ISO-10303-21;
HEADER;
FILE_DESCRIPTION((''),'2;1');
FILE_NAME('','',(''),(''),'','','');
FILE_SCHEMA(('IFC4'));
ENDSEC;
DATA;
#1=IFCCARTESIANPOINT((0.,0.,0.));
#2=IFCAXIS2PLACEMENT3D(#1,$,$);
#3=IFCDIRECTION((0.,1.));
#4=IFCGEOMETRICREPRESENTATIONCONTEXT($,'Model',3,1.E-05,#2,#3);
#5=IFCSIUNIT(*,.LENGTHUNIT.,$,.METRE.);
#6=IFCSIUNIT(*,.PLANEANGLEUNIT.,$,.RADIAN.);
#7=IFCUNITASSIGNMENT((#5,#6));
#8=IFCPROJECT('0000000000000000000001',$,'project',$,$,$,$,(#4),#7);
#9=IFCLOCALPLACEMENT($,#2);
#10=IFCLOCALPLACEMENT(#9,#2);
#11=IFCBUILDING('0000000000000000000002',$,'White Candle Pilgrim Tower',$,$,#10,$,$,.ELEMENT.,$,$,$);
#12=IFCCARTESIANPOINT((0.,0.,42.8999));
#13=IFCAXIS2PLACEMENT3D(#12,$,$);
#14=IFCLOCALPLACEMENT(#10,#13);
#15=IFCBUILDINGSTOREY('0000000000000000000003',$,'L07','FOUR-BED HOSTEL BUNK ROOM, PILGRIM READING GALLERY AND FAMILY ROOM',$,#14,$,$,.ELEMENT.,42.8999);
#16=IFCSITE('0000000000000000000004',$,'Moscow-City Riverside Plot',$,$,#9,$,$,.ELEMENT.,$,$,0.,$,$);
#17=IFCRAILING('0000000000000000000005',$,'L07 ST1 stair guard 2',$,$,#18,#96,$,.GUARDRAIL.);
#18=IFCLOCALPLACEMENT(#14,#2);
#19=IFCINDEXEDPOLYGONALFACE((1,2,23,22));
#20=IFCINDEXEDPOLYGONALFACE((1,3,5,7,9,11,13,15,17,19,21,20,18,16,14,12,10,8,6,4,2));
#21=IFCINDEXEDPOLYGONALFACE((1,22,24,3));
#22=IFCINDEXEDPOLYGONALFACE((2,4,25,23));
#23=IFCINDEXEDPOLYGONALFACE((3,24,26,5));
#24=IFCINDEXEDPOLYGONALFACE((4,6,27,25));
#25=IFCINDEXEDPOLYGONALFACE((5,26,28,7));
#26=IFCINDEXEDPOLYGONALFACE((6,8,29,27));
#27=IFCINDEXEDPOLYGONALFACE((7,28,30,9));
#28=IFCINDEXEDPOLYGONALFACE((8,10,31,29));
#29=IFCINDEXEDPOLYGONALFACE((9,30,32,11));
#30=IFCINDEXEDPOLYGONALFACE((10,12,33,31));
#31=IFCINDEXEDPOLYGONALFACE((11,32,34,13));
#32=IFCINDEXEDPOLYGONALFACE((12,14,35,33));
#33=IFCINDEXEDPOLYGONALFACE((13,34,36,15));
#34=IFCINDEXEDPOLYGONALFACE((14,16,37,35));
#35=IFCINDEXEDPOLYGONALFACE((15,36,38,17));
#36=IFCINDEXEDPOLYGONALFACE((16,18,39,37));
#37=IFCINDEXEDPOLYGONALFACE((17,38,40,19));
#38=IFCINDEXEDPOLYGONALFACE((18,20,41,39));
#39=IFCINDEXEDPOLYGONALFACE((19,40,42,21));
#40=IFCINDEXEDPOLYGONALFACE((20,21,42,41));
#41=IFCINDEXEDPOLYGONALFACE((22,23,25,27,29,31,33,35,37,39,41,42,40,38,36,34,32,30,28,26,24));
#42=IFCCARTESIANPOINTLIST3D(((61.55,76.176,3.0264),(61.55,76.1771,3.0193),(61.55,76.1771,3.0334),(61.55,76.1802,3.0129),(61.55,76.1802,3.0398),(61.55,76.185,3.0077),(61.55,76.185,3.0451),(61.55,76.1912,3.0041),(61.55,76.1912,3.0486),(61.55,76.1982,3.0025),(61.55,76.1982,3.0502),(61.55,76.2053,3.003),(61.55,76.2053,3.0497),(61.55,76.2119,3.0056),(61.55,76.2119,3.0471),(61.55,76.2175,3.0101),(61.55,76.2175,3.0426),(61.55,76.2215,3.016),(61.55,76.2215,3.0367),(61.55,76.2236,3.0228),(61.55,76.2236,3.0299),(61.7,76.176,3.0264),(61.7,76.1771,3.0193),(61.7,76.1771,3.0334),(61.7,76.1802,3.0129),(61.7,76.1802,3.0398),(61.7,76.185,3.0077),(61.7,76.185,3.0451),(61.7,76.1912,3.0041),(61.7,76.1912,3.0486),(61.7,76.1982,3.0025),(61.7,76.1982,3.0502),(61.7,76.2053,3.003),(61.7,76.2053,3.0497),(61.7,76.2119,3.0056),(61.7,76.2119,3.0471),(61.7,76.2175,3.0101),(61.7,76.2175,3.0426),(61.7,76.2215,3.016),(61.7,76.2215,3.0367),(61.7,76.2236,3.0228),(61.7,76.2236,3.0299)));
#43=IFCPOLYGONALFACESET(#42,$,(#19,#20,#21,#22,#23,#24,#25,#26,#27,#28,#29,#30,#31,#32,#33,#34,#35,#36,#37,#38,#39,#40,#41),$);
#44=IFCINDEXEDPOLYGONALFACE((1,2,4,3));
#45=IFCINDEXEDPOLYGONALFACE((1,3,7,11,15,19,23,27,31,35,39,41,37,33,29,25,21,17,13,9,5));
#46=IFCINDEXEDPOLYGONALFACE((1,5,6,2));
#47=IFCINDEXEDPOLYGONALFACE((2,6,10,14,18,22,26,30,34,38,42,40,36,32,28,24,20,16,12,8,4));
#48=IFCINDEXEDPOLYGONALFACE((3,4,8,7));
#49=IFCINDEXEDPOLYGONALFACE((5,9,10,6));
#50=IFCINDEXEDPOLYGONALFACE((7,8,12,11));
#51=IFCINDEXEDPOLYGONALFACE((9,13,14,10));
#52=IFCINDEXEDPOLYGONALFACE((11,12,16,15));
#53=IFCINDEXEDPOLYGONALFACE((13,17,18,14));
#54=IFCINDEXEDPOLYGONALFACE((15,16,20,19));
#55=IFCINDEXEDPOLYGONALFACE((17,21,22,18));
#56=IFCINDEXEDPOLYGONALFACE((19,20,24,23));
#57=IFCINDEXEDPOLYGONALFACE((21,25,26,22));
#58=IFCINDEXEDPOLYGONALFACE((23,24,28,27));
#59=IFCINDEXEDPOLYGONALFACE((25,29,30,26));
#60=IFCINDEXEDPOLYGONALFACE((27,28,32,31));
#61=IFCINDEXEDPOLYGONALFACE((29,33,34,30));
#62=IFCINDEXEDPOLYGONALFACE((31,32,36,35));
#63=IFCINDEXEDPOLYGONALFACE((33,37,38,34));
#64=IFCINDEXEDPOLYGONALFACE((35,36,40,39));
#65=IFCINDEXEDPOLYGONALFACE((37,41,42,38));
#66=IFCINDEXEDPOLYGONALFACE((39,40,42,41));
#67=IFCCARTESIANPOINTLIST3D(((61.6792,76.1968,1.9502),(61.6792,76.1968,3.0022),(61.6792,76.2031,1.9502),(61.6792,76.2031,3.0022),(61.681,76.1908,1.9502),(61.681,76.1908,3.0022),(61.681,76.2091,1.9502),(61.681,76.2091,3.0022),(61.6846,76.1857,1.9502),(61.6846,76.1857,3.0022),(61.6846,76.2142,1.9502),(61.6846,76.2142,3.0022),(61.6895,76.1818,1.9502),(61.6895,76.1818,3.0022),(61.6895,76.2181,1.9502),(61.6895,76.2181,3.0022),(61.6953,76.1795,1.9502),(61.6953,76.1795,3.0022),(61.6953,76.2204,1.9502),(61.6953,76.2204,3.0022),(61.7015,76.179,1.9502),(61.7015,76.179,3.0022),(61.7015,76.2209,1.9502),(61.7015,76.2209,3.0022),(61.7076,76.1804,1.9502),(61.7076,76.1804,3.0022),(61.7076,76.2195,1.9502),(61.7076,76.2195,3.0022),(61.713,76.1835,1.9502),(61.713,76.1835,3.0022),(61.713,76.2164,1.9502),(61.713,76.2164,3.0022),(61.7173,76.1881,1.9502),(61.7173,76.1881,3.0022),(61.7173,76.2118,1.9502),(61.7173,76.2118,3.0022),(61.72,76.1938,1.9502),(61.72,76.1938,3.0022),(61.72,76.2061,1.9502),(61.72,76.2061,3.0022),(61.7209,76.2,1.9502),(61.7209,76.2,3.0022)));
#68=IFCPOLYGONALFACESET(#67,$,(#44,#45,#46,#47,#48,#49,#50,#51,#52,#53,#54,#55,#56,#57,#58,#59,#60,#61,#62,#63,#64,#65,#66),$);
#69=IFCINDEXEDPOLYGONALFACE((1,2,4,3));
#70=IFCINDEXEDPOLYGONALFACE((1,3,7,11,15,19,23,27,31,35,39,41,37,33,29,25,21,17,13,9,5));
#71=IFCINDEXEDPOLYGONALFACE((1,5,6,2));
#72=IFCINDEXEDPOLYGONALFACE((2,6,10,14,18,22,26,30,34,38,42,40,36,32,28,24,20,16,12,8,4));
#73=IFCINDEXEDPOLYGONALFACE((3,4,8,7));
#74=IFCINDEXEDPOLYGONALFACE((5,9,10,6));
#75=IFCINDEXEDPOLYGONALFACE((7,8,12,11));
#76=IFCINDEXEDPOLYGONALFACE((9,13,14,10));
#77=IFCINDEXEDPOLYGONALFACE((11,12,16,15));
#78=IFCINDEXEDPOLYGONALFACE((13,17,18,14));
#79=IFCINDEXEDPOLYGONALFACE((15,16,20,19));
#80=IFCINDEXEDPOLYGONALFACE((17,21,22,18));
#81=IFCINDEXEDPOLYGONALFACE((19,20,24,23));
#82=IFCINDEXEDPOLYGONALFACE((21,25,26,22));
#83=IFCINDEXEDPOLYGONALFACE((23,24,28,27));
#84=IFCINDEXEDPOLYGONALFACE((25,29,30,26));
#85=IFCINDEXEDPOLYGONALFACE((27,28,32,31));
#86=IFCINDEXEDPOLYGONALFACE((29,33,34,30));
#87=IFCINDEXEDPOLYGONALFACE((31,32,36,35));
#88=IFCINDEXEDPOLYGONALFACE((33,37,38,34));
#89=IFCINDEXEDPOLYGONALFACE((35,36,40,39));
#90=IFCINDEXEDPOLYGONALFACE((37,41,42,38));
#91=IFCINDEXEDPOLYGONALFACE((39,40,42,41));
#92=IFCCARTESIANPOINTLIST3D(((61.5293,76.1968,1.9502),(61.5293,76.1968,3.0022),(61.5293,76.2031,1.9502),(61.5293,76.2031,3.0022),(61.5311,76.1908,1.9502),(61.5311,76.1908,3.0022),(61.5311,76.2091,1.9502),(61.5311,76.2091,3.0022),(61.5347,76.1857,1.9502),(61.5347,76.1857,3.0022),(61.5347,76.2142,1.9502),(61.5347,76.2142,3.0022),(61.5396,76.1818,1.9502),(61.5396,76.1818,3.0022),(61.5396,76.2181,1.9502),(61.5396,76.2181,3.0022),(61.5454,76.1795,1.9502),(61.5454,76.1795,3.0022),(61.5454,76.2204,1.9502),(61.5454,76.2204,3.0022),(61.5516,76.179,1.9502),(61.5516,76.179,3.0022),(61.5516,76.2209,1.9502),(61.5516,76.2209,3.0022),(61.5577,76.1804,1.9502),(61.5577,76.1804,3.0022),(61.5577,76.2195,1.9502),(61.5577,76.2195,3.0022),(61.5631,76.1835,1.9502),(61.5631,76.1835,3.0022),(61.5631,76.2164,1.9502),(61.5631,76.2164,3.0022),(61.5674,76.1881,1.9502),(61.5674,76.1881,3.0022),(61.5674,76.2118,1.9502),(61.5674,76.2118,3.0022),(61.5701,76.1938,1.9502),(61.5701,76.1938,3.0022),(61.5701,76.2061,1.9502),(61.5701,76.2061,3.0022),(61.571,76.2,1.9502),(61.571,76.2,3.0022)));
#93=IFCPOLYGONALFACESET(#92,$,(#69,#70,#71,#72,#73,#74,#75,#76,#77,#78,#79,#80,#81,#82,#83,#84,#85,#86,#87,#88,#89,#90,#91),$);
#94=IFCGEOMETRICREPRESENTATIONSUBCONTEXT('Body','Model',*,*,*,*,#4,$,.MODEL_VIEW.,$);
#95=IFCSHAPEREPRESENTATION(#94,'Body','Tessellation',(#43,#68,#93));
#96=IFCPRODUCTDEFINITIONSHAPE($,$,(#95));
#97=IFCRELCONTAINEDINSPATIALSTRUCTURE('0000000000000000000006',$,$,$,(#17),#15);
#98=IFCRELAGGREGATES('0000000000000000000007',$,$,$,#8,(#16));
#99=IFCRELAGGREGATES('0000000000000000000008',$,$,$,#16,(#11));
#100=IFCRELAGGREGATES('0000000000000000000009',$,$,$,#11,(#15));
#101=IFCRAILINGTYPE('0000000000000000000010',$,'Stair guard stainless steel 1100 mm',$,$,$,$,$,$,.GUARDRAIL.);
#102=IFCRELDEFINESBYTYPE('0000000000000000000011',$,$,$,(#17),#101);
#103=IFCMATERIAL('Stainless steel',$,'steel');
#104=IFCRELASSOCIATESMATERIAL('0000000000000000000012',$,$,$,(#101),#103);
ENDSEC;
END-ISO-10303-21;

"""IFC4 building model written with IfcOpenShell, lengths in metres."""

from ifc_helpers import new_model, si_unit, direction, frame, origin, origin_2d, place, context, subcontext, project, spatial, circle, extrude, material, type_object, element, save


model = new_model("IFC4")

# Units and contexts
model_context = context("Model", 3, precision=1e-05, world=origin(), true_north=direction((0.0, 1.0)))
body_context = subcontext(model_context, "Body", "Model", "MODEL_VIEW")
ifc_project = project(units=[si_unit("LENGTHUNIT", "METRE"), si_unit("PLANEANGLEUNIT", "RADIAN")], contexts=[model_context])

# Site, building, storey
site_placement = place(None, origin())
site = spatial("IfcSite", under=ifc_project, at=site_placement, Name="Moscow-City Riverside Plot", CompositionType="ELEMENT", RefElevation=0.0)
building_placement = place(site_placement, origin())
building = spatial("IfcBuilding", under=site, at=building_placement, Name="White Candle Pilgrim Tower", CompositionType="ELEMENT")
storey_placement = place(building_placement, frame((0.0, 0.0, 42.8999)))
storey = spatial("IfcBuildingStorey", under=building, at=storey_placement, Name="L07", Description="FOUR-BED HOSTEL BUNK ROOM, PILGRIM READING GALLERY AND FAMILY ROOM", CompositionType="ELEMENT", Elevation=42.8999)

# Railing
ifc_material_1 = material(Name="Stainless steel", Category="steel")
railing_type_1 = type_object("IfcRailingType", Name="Stair guard stainless steel 1100 mm", PredefinedType="GUARDRAIL", material=ifc_material_1)
railing_1_placement = place(storey_placement, frame((61.7, 76.2, 1.9502)))
element("IfcRailing", 1, at=railing_1_placement, inside=storey, type_object=railing_type_1, Name="L07 ST1 stair guard 2", PredefinedType="GUARDRAIL", context=body_context, shape_type="SweptSolid", body=[
    extrude(circle(Radius=0.0239, at=origin_2d()), frame((0.0, 0.0, 1.0762), z_axis=(-1.0, 0.0, 0.0), x_axis=(0.0, -1.0, 0.0)), (0.0, 0.0, 1.0), 0.1499),
    extrude(circle(Radius=0.021, at=origin_2d()), origin(), (0.0, 0.0, 1.0), 1.052),
    extrude(circle(Radius=0.021, at=origin_2d()), frame((-0.1499, 0.0, 0.0)), (0.0, 0.0, 1.0), 1.052),
])

save(model, "model.ifc")
